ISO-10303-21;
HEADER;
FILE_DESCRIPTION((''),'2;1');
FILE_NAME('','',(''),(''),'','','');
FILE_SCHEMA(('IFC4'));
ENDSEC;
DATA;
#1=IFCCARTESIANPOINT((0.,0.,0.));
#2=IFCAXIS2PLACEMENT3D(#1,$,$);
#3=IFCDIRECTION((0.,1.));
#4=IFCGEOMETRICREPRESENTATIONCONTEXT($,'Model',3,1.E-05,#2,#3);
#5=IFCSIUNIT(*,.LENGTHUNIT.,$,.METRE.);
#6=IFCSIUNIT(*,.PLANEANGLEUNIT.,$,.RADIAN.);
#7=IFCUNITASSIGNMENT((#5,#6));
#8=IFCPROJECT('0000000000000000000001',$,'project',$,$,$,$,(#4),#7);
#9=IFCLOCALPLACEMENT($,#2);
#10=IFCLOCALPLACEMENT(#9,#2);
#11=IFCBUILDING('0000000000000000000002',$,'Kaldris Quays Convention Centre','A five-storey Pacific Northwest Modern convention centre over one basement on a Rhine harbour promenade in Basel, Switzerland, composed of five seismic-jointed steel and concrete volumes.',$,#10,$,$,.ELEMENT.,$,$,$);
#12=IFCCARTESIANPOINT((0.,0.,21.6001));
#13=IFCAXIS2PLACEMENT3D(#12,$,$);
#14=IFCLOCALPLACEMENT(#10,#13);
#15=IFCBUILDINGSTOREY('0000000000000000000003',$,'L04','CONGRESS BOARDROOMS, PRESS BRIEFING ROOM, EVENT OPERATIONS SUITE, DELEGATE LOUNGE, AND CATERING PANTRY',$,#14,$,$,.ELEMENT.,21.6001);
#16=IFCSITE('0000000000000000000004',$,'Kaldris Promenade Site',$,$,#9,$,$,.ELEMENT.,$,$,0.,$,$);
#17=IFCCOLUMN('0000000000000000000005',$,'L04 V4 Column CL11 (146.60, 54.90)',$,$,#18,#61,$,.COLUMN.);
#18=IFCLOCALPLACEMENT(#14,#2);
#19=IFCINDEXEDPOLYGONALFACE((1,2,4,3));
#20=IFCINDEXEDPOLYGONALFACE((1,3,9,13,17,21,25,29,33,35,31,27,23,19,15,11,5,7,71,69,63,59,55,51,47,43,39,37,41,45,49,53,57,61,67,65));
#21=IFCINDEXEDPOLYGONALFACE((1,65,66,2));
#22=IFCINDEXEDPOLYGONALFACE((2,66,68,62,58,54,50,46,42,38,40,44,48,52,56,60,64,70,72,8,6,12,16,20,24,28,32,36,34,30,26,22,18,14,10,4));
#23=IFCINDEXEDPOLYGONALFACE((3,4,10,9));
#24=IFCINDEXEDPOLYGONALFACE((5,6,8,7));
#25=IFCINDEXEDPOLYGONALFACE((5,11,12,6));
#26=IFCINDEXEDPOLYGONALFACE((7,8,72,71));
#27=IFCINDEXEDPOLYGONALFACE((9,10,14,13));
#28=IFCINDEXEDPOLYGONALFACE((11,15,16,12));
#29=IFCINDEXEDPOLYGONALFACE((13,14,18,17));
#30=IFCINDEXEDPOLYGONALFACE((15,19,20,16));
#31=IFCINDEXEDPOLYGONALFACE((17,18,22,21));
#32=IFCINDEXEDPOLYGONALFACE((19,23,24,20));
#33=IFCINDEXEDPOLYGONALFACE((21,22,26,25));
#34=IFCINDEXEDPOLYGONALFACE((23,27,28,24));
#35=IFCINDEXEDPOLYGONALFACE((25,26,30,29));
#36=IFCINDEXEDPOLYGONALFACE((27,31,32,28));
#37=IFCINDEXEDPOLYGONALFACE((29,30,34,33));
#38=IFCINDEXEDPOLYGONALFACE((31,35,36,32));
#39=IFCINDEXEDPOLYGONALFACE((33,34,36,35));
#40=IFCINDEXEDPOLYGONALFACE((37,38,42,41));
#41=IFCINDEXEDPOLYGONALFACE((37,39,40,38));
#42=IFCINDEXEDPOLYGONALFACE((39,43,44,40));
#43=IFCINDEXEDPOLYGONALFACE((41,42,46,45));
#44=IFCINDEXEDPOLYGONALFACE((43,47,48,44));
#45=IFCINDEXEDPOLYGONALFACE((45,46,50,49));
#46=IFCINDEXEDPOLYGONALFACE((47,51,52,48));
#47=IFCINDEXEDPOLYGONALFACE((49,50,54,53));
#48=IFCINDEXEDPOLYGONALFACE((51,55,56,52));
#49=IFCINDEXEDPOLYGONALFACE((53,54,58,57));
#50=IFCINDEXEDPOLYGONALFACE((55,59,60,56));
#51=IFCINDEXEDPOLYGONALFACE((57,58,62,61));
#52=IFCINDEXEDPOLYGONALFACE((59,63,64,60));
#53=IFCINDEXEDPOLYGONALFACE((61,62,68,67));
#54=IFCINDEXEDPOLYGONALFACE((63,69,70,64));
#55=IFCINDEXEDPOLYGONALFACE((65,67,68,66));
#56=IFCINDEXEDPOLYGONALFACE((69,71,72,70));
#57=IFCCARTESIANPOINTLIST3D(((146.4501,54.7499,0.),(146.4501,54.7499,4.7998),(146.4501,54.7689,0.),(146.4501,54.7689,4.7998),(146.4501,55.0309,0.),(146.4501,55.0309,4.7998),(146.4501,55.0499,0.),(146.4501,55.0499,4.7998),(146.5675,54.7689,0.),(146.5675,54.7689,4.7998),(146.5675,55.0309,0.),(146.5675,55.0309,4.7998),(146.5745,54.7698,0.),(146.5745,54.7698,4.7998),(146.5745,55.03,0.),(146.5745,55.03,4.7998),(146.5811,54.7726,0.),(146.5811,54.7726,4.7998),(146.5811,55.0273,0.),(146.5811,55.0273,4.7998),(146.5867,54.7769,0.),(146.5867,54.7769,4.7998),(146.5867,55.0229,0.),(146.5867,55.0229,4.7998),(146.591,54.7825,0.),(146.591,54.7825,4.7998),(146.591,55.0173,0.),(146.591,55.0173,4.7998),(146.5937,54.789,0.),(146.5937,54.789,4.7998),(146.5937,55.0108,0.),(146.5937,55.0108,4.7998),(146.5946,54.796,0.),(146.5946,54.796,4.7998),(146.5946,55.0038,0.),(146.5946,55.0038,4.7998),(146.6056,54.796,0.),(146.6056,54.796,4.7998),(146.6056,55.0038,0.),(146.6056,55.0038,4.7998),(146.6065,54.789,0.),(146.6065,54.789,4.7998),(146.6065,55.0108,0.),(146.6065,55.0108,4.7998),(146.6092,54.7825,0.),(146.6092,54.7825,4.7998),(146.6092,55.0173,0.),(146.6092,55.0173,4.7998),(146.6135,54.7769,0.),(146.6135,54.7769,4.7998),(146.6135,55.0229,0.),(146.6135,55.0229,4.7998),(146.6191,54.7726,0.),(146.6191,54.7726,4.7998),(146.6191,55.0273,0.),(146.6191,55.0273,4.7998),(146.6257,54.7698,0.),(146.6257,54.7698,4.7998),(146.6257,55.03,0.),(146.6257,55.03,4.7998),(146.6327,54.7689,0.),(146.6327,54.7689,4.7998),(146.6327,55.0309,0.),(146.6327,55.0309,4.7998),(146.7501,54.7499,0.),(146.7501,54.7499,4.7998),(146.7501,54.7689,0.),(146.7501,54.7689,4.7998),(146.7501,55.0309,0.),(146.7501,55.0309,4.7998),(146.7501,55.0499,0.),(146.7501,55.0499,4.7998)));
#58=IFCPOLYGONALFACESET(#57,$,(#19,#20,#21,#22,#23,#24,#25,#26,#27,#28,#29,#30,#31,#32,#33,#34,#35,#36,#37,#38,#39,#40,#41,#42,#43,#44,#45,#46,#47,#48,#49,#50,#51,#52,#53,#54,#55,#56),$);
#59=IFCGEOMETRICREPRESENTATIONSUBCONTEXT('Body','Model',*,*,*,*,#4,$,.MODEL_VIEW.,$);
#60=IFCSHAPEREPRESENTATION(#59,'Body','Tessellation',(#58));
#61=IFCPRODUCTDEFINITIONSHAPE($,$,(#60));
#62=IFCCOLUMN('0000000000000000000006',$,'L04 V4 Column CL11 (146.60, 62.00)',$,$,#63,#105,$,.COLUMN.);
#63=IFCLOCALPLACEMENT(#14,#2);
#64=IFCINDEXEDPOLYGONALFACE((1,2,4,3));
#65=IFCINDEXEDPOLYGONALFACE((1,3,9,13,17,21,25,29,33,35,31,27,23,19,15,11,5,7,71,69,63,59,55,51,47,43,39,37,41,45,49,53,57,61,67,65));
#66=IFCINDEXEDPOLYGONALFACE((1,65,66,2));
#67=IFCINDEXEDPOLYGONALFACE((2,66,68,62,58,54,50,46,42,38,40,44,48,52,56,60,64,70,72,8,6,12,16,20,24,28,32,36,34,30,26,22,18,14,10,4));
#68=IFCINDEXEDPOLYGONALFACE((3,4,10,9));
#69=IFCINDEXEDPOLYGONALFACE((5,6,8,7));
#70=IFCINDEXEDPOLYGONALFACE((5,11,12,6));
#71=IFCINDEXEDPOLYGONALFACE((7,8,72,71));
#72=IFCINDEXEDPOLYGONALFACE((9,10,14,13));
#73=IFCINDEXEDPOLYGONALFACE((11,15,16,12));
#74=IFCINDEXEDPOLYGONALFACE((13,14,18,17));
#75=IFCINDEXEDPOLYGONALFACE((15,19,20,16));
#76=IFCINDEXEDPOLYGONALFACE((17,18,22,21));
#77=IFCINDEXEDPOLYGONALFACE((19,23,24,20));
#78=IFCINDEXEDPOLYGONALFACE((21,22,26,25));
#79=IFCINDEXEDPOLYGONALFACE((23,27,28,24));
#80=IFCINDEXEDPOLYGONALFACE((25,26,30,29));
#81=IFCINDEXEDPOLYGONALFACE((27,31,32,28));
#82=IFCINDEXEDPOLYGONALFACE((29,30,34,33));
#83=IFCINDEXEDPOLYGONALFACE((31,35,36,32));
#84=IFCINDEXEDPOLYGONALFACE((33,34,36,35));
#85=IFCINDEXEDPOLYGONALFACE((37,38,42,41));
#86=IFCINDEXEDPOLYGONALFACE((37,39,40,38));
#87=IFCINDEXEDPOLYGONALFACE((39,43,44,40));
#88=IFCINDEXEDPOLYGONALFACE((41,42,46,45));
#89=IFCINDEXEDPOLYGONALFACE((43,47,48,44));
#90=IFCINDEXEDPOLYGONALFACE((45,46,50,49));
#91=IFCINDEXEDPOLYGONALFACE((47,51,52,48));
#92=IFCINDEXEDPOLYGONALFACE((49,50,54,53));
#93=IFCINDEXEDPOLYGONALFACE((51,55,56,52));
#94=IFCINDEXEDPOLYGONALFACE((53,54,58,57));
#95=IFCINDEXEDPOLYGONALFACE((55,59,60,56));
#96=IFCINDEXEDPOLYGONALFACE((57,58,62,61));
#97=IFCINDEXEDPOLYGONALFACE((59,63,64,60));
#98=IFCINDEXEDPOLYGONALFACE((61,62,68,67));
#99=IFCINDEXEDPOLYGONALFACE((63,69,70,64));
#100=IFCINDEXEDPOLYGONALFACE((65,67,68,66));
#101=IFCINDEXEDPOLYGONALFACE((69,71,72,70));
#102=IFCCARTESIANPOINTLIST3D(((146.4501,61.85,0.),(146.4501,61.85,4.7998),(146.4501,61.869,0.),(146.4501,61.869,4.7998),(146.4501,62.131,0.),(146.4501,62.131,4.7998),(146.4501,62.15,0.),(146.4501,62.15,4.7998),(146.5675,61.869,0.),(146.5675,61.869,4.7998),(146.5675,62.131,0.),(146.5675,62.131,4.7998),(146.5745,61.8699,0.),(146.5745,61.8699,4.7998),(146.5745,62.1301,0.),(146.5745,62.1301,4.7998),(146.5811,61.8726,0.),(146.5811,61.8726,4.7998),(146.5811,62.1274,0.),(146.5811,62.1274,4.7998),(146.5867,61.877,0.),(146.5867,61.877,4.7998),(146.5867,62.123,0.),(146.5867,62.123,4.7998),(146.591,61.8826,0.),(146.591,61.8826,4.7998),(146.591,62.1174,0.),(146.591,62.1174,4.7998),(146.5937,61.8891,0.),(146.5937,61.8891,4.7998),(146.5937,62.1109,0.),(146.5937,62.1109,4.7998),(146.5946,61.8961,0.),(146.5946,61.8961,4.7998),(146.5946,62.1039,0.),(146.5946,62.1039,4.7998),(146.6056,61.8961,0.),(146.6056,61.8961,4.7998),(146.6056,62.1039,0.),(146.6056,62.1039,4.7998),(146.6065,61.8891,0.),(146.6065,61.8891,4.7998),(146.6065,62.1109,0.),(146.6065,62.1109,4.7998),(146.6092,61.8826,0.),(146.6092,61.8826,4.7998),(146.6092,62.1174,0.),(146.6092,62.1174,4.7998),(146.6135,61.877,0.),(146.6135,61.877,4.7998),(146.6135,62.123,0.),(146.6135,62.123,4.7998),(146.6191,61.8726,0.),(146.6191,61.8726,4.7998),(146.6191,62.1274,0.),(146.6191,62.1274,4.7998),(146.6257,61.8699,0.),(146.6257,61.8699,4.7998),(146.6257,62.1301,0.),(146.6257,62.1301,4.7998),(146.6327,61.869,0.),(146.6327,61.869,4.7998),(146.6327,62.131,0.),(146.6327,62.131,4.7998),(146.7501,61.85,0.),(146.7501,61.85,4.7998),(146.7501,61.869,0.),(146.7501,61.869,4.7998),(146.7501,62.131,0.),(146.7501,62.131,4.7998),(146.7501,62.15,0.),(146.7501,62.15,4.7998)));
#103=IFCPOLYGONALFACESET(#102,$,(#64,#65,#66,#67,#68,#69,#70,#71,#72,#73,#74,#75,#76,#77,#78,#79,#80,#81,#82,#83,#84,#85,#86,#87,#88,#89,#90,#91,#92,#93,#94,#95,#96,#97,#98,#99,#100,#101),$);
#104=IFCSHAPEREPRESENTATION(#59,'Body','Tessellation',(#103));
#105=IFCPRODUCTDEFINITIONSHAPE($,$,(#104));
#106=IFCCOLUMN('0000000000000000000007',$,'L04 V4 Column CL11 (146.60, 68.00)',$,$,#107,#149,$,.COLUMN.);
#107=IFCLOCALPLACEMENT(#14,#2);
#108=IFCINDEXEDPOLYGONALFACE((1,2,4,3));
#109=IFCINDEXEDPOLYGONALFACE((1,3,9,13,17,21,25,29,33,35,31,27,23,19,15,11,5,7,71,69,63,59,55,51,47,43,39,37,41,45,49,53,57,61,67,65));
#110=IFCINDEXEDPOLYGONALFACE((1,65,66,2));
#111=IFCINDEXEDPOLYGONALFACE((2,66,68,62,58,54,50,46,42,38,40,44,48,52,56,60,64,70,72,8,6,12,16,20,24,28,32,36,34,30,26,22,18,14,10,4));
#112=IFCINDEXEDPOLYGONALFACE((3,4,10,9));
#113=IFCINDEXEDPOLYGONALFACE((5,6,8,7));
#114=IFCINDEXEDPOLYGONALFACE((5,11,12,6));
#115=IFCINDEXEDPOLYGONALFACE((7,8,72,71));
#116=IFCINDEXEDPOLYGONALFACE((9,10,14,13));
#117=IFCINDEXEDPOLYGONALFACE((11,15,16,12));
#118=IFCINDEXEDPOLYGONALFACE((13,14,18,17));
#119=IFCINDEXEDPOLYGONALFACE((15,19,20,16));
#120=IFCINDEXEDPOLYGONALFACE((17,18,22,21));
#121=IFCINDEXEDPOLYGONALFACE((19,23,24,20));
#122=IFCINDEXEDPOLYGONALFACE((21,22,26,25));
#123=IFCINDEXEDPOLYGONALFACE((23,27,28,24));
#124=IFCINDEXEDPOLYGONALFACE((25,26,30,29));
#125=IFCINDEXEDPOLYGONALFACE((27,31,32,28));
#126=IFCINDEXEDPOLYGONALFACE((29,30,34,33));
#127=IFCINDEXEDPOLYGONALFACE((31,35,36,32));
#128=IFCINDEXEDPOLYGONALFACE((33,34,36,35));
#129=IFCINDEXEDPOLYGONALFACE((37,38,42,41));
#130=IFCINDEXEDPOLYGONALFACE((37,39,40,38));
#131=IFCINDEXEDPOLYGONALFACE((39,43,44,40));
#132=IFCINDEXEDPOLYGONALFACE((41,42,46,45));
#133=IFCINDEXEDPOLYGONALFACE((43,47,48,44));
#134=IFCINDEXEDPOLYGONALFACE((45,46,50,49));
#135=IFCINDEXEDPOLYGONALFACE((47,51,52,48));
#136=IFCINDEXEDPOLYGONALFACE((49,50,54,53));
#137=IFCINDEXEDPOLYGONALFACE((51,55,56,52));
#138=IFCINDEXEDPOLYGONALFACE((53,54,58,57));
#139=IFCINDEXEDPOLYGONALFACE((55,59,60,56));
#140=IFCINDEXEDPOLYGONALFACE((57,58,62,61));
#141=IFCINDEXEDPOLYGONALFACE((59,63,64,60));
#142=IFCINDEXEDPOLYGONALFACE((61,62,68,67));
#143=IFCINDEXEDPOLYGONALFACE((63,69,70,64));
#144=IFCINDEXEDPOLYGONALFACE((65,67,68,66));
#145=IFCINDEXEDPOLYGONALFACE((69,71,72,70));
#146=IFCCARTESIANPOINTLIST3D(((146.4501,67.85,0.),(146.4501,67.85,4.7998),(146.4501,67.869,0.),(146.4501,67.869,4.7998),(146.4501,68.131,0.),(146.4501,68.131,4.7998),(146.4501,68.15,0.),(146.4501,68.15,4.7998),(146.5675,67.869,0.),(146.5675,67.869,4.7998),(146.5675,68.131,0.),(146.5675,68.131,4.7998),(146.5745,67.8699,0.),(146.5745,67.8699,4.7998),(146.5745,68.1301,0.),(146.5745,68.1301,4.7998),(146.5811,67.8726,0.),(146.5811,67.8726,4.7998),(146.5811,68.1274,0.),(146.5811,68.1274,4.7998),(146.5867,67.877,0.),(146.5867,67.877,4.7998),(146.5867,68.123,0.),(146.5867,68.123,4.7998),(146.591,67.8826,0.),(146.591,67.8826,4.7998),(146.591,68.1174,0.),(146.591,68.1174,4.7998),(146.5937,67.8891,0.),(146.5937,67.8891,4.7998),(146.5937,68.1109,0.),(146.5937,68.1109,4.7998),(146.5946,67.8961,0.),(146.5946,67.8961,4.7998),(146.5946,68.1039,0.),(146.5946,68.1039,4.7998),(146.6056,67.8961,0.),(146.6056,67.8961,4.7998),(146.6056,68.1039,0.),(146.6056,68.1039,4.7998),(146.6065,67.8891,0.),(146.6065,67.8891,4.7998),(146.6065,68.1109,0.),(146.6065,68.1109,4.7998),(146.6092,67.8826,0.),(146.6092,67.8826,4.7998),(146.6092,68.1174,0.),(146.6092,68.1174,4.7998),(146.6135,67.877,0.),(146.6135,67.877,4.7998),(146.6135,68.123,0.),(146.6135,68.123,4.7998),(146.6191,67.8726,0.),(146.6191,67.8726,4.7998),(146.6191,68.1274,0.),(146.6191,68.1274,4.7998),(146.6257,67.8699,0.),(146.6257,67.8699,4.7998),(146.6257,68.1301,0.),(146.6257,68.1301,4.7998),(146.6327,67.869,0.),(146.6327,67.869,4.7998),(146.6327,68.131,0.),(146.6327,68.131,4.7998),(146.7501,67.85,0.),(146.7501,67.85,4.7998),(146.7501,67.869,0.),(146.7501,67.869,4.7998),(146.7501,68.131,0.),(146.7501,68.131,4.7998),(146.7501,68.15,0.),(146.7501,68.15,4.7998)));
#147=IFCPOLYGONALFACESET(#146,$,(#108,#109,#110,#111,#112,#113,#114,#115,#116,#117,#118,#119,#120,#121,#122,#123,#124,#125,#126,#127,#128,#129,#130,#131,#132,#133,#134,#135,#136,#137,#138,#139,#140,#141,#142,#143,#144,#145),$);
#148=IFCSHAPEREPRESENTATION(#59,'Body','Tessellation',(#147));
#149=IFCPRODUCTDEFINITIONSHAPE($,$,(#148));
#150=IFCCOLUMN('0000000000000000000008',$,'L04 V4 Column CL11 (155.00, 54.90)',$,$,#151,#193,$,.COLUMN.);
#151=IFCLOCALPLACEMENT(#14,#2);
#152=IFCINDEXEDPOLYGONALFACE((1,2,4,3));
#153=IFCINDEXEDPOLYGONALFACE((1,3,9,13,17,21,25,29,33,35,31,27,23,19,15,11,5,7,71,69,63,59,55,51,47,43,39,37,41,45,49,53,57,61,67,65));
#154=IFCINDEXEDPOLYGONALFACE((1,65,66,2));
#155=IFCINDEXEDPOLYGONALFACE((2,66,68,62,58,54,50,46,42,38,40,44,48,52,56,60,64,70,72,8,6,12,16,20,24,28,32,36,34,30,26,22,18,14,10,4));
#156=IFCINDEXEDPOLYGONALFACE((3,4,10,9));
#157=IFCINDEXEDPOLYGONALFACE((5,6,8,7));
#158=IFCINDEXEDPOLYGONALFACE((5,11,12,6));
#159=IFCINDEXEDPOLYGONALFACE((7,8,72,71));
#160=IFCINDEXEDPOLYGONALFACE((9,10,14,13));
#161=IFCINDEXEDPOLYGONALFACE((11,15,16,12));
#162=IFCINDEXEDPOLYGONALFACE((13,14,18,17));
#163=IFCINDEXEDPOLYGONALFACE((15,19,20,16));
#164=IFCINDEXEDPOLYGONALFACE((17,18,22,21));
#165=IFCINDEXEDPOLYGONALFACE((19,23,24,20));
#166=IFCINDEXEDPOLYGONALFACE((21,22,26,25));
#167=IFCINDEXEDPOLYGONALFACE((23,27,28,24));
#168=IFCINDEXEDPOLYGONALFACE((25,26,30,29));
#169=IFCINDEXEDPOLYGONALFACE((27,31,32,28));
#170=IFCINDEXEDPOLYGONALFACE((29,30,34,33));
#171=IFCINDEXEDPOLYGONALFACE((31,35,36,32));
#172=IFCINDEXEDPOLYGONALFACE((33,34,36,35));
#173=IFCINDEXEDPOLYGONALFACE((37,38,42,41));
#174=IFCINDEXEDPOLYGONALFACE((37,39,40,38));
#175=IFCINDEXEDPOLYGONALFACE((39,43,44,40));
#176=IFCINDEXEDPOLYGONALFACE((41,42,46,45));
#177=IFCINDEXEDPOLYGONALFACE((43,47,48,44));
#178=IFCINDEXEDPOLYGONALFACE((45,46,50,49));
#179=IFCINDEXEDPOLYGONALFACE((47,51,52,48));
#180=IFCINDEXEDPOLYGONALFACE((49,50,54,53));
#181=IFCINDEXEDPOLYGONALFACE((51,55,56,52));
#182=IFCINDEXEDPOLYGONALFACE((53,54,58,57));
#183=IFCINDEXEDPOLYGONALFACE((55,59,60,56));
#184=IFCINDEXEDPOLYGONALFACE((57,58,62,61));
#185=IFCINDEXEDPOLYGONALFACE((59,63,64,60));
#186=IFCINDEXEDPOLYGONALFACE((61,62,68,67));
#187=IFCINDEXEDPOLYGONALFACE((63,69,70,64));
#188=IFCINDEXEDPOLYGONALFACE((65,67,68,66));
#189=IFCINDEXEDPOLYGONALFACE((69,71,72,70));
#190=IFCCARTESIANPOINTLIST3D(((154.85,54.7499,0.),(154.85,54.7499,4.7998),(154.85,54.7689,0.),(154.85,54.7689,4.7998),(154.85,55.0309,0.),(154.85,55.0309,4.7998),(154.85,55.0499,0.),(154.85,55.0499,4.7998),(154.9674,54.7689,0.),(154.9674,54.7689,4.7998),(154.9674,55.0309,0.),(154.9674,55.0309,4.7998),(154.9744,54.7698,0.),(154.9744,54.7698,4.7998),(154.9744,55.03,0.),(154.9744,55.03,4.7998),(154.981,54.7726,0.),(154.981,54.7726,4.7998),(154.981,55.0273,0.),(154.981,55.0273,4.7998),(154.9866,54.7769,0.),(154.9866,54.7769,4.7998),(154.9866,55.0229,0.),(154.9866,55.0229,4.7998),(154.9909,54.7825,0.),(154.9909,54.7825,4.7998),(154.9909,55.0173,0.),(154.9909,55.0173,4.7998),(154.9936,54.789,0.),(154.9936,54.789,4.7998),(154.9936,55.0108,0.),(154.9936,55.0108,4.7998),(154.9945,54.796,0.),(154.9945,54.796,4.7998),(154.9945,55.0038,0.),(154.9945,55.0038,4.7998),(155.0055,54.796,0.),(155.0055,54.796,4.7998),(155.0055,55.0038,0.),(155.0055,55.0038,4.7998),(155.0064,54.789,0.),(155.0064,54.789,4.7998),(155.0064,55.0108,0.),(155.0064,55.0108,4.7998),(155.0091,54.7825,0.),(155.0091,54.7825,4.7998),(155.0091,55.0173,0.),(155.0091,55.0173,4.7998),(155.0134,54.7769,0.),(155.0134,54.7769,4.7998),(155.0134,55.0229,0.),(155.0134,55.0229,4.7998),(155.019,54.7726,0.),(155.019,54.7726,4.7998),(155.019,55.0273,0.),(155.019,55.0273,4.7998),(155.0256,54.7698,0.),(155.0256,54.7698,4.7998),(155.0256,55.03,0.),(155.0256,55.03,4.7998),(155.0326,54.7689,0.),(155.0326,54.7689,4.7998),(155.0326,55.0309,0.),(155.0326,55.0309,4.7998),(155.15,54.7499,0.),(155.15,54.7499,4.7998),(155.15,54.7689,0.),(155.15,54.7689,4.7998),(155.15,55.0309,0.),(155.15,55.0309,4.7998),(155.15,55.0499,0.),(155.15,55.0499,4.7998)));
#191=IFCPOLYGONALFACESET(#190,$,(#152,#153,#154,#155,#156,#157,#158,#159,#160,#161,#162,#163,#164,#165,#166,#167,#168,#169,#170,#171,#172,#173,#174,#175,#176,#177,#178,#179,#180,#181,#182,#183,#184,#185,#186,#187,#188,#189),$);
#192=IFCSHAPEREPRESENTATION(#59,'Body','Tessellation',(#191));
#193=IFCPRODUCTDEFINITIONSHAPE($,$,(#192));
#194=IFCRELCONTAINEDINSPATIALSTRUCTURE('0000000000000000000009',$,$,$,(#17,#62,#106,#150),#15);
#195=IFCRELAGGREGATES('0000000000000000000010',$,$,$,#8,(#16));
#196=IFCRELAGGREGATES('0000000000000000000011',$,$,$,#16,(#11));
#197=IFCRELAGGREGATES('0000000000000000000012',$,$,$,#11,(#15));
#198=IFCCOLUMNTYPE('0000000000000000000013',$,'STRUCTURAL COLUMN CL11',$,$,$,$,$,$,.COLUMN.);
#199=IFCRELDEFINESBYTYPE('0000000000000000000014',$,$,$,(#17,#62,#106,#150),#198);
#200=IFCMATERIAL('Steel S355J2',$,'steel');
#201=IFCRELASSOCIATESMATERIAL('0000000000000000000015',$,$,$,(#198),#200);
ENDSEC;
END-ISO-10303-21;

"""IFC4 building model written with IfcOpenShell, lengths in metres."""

from ifc_helpers import new_model, si_unit, direction, frame, origin, origin_2d, place, context, subcontext, project, spatial, i_section, extrude, material, material_profile, profile_set, type_object, element, save


model = new_model("IFC4")

# Units and contexts
model_context = context("Model", 3, precision=1e-05, world=origin(), true_north=direction((0.0, 1.0)))
body_context = subcontext(model_context, "Body", "Model", "MODEL_VIEW")
ifc_project = project(units=[si_unit("LENGTHUNIT", "METRE"), si_unit("PLANEANGLEUNIT", "RADIAN")], contexts=[model_context])

# Site, building, storey
site_placement = place(None, origin())
site = spatial("IfcSite", under=ifc_project, at=site_placement, Name="Kaldris Promenade Site", CompositionType="ELEMENT", RefElevation=0.0)
building_placement = place(site_placement, origin())
building = spatial("IfcBuilding", under=site, at=building_placement, Name="Kaldris Quays Convention Centre", Description="A five-storey Pacific Northwest Modern convention centre over one basement on a Rhine harbour promenade in Basel, Switzerland, composed of five seismic-jointed steel and concrete volumes.", CompositionType="ELEMENT")
storey_placement = place(building_placement, frame((0.0, 0.0, 21.6001)))
storey = spatial("IfcBuildingStorey", under=building, at=storey_placement, Name="L04", Description="CONGRESS BOARDROOMS, PRESS BRIEFING ROOM, EVENT OPERATIONS SUITE, DELEGATE LOUNGE, AND CATERING PANTRY", CompositionType="ELEMENT", Elevation=21.6001)

# Columns
ifc_material_1 = material(Name="Steel S355J2", Category="steel")
ifc_material_profile_1 = material_profile(ifc_material_1, i_section(OverallWidth=0.3, OverallDepth=0.3, WebThickness=0.011, FlangeThickness=0.019, FilletRadius=0.0271, at=origin_2d()), Name="HEB 300")
ifc_profile_set_1 = profile_set([ifc_material_profile_1], Name="Steel S355J2")
column_type_1 = type_object("IfcColumnType", Name="STRUCTURAL COLUMN CL11", PredefinedType="COLUMN", material=ifc_profile_set_1)
for number, where, z_axis, x_axis, name in (
    (1, (146.6001, 54.8999, 0.0), (0.0, 0.0, 1.0), (1.0, 0.0, 0.0), "L04 V4 Column CL11 (146.60, 54.90)"),
    (2, (146.6001, 62.0, 0.0), (0.0, 0.0, 1.0), (1.0, 0.0, 0.0), "L04 V4 Column CL11 (146.60, 62.00)"),
    (3, (146.6001, 68.0, 0.0), (0.0, 0.0, 1.0), (1.0, 0.0, 0.0), "L04 V4 Column CL11 (146.60, 68.00)"),
    (4, (155.0, 54.8999, 0.0), (0.0, 0.0, 1.0), (1.0, 0.0, 0.0), "L04 V4 Column CL11 (155.00, 54.90)"),
):
    element("IfcColumn", number, at=place(storey_placement, frame(where, z_axis=z_axis, x_axis=x_axis)), inside=storey, type_object=column_type_1, Name=name, PredefinedType="COLUMN", context=body_context, shape_type="SweptSolid", body=[
        extrude(i_section(OverallWidth=0.3, OverallDepth=0.3, WebThickness=0.011, FlangeThickness=0.019, FilletRadius=0.0271, at=origin_2d()), origin(), (0.0, 0.0, 1.0), 4.7998),
    ])

save(model, "model.ifc")
